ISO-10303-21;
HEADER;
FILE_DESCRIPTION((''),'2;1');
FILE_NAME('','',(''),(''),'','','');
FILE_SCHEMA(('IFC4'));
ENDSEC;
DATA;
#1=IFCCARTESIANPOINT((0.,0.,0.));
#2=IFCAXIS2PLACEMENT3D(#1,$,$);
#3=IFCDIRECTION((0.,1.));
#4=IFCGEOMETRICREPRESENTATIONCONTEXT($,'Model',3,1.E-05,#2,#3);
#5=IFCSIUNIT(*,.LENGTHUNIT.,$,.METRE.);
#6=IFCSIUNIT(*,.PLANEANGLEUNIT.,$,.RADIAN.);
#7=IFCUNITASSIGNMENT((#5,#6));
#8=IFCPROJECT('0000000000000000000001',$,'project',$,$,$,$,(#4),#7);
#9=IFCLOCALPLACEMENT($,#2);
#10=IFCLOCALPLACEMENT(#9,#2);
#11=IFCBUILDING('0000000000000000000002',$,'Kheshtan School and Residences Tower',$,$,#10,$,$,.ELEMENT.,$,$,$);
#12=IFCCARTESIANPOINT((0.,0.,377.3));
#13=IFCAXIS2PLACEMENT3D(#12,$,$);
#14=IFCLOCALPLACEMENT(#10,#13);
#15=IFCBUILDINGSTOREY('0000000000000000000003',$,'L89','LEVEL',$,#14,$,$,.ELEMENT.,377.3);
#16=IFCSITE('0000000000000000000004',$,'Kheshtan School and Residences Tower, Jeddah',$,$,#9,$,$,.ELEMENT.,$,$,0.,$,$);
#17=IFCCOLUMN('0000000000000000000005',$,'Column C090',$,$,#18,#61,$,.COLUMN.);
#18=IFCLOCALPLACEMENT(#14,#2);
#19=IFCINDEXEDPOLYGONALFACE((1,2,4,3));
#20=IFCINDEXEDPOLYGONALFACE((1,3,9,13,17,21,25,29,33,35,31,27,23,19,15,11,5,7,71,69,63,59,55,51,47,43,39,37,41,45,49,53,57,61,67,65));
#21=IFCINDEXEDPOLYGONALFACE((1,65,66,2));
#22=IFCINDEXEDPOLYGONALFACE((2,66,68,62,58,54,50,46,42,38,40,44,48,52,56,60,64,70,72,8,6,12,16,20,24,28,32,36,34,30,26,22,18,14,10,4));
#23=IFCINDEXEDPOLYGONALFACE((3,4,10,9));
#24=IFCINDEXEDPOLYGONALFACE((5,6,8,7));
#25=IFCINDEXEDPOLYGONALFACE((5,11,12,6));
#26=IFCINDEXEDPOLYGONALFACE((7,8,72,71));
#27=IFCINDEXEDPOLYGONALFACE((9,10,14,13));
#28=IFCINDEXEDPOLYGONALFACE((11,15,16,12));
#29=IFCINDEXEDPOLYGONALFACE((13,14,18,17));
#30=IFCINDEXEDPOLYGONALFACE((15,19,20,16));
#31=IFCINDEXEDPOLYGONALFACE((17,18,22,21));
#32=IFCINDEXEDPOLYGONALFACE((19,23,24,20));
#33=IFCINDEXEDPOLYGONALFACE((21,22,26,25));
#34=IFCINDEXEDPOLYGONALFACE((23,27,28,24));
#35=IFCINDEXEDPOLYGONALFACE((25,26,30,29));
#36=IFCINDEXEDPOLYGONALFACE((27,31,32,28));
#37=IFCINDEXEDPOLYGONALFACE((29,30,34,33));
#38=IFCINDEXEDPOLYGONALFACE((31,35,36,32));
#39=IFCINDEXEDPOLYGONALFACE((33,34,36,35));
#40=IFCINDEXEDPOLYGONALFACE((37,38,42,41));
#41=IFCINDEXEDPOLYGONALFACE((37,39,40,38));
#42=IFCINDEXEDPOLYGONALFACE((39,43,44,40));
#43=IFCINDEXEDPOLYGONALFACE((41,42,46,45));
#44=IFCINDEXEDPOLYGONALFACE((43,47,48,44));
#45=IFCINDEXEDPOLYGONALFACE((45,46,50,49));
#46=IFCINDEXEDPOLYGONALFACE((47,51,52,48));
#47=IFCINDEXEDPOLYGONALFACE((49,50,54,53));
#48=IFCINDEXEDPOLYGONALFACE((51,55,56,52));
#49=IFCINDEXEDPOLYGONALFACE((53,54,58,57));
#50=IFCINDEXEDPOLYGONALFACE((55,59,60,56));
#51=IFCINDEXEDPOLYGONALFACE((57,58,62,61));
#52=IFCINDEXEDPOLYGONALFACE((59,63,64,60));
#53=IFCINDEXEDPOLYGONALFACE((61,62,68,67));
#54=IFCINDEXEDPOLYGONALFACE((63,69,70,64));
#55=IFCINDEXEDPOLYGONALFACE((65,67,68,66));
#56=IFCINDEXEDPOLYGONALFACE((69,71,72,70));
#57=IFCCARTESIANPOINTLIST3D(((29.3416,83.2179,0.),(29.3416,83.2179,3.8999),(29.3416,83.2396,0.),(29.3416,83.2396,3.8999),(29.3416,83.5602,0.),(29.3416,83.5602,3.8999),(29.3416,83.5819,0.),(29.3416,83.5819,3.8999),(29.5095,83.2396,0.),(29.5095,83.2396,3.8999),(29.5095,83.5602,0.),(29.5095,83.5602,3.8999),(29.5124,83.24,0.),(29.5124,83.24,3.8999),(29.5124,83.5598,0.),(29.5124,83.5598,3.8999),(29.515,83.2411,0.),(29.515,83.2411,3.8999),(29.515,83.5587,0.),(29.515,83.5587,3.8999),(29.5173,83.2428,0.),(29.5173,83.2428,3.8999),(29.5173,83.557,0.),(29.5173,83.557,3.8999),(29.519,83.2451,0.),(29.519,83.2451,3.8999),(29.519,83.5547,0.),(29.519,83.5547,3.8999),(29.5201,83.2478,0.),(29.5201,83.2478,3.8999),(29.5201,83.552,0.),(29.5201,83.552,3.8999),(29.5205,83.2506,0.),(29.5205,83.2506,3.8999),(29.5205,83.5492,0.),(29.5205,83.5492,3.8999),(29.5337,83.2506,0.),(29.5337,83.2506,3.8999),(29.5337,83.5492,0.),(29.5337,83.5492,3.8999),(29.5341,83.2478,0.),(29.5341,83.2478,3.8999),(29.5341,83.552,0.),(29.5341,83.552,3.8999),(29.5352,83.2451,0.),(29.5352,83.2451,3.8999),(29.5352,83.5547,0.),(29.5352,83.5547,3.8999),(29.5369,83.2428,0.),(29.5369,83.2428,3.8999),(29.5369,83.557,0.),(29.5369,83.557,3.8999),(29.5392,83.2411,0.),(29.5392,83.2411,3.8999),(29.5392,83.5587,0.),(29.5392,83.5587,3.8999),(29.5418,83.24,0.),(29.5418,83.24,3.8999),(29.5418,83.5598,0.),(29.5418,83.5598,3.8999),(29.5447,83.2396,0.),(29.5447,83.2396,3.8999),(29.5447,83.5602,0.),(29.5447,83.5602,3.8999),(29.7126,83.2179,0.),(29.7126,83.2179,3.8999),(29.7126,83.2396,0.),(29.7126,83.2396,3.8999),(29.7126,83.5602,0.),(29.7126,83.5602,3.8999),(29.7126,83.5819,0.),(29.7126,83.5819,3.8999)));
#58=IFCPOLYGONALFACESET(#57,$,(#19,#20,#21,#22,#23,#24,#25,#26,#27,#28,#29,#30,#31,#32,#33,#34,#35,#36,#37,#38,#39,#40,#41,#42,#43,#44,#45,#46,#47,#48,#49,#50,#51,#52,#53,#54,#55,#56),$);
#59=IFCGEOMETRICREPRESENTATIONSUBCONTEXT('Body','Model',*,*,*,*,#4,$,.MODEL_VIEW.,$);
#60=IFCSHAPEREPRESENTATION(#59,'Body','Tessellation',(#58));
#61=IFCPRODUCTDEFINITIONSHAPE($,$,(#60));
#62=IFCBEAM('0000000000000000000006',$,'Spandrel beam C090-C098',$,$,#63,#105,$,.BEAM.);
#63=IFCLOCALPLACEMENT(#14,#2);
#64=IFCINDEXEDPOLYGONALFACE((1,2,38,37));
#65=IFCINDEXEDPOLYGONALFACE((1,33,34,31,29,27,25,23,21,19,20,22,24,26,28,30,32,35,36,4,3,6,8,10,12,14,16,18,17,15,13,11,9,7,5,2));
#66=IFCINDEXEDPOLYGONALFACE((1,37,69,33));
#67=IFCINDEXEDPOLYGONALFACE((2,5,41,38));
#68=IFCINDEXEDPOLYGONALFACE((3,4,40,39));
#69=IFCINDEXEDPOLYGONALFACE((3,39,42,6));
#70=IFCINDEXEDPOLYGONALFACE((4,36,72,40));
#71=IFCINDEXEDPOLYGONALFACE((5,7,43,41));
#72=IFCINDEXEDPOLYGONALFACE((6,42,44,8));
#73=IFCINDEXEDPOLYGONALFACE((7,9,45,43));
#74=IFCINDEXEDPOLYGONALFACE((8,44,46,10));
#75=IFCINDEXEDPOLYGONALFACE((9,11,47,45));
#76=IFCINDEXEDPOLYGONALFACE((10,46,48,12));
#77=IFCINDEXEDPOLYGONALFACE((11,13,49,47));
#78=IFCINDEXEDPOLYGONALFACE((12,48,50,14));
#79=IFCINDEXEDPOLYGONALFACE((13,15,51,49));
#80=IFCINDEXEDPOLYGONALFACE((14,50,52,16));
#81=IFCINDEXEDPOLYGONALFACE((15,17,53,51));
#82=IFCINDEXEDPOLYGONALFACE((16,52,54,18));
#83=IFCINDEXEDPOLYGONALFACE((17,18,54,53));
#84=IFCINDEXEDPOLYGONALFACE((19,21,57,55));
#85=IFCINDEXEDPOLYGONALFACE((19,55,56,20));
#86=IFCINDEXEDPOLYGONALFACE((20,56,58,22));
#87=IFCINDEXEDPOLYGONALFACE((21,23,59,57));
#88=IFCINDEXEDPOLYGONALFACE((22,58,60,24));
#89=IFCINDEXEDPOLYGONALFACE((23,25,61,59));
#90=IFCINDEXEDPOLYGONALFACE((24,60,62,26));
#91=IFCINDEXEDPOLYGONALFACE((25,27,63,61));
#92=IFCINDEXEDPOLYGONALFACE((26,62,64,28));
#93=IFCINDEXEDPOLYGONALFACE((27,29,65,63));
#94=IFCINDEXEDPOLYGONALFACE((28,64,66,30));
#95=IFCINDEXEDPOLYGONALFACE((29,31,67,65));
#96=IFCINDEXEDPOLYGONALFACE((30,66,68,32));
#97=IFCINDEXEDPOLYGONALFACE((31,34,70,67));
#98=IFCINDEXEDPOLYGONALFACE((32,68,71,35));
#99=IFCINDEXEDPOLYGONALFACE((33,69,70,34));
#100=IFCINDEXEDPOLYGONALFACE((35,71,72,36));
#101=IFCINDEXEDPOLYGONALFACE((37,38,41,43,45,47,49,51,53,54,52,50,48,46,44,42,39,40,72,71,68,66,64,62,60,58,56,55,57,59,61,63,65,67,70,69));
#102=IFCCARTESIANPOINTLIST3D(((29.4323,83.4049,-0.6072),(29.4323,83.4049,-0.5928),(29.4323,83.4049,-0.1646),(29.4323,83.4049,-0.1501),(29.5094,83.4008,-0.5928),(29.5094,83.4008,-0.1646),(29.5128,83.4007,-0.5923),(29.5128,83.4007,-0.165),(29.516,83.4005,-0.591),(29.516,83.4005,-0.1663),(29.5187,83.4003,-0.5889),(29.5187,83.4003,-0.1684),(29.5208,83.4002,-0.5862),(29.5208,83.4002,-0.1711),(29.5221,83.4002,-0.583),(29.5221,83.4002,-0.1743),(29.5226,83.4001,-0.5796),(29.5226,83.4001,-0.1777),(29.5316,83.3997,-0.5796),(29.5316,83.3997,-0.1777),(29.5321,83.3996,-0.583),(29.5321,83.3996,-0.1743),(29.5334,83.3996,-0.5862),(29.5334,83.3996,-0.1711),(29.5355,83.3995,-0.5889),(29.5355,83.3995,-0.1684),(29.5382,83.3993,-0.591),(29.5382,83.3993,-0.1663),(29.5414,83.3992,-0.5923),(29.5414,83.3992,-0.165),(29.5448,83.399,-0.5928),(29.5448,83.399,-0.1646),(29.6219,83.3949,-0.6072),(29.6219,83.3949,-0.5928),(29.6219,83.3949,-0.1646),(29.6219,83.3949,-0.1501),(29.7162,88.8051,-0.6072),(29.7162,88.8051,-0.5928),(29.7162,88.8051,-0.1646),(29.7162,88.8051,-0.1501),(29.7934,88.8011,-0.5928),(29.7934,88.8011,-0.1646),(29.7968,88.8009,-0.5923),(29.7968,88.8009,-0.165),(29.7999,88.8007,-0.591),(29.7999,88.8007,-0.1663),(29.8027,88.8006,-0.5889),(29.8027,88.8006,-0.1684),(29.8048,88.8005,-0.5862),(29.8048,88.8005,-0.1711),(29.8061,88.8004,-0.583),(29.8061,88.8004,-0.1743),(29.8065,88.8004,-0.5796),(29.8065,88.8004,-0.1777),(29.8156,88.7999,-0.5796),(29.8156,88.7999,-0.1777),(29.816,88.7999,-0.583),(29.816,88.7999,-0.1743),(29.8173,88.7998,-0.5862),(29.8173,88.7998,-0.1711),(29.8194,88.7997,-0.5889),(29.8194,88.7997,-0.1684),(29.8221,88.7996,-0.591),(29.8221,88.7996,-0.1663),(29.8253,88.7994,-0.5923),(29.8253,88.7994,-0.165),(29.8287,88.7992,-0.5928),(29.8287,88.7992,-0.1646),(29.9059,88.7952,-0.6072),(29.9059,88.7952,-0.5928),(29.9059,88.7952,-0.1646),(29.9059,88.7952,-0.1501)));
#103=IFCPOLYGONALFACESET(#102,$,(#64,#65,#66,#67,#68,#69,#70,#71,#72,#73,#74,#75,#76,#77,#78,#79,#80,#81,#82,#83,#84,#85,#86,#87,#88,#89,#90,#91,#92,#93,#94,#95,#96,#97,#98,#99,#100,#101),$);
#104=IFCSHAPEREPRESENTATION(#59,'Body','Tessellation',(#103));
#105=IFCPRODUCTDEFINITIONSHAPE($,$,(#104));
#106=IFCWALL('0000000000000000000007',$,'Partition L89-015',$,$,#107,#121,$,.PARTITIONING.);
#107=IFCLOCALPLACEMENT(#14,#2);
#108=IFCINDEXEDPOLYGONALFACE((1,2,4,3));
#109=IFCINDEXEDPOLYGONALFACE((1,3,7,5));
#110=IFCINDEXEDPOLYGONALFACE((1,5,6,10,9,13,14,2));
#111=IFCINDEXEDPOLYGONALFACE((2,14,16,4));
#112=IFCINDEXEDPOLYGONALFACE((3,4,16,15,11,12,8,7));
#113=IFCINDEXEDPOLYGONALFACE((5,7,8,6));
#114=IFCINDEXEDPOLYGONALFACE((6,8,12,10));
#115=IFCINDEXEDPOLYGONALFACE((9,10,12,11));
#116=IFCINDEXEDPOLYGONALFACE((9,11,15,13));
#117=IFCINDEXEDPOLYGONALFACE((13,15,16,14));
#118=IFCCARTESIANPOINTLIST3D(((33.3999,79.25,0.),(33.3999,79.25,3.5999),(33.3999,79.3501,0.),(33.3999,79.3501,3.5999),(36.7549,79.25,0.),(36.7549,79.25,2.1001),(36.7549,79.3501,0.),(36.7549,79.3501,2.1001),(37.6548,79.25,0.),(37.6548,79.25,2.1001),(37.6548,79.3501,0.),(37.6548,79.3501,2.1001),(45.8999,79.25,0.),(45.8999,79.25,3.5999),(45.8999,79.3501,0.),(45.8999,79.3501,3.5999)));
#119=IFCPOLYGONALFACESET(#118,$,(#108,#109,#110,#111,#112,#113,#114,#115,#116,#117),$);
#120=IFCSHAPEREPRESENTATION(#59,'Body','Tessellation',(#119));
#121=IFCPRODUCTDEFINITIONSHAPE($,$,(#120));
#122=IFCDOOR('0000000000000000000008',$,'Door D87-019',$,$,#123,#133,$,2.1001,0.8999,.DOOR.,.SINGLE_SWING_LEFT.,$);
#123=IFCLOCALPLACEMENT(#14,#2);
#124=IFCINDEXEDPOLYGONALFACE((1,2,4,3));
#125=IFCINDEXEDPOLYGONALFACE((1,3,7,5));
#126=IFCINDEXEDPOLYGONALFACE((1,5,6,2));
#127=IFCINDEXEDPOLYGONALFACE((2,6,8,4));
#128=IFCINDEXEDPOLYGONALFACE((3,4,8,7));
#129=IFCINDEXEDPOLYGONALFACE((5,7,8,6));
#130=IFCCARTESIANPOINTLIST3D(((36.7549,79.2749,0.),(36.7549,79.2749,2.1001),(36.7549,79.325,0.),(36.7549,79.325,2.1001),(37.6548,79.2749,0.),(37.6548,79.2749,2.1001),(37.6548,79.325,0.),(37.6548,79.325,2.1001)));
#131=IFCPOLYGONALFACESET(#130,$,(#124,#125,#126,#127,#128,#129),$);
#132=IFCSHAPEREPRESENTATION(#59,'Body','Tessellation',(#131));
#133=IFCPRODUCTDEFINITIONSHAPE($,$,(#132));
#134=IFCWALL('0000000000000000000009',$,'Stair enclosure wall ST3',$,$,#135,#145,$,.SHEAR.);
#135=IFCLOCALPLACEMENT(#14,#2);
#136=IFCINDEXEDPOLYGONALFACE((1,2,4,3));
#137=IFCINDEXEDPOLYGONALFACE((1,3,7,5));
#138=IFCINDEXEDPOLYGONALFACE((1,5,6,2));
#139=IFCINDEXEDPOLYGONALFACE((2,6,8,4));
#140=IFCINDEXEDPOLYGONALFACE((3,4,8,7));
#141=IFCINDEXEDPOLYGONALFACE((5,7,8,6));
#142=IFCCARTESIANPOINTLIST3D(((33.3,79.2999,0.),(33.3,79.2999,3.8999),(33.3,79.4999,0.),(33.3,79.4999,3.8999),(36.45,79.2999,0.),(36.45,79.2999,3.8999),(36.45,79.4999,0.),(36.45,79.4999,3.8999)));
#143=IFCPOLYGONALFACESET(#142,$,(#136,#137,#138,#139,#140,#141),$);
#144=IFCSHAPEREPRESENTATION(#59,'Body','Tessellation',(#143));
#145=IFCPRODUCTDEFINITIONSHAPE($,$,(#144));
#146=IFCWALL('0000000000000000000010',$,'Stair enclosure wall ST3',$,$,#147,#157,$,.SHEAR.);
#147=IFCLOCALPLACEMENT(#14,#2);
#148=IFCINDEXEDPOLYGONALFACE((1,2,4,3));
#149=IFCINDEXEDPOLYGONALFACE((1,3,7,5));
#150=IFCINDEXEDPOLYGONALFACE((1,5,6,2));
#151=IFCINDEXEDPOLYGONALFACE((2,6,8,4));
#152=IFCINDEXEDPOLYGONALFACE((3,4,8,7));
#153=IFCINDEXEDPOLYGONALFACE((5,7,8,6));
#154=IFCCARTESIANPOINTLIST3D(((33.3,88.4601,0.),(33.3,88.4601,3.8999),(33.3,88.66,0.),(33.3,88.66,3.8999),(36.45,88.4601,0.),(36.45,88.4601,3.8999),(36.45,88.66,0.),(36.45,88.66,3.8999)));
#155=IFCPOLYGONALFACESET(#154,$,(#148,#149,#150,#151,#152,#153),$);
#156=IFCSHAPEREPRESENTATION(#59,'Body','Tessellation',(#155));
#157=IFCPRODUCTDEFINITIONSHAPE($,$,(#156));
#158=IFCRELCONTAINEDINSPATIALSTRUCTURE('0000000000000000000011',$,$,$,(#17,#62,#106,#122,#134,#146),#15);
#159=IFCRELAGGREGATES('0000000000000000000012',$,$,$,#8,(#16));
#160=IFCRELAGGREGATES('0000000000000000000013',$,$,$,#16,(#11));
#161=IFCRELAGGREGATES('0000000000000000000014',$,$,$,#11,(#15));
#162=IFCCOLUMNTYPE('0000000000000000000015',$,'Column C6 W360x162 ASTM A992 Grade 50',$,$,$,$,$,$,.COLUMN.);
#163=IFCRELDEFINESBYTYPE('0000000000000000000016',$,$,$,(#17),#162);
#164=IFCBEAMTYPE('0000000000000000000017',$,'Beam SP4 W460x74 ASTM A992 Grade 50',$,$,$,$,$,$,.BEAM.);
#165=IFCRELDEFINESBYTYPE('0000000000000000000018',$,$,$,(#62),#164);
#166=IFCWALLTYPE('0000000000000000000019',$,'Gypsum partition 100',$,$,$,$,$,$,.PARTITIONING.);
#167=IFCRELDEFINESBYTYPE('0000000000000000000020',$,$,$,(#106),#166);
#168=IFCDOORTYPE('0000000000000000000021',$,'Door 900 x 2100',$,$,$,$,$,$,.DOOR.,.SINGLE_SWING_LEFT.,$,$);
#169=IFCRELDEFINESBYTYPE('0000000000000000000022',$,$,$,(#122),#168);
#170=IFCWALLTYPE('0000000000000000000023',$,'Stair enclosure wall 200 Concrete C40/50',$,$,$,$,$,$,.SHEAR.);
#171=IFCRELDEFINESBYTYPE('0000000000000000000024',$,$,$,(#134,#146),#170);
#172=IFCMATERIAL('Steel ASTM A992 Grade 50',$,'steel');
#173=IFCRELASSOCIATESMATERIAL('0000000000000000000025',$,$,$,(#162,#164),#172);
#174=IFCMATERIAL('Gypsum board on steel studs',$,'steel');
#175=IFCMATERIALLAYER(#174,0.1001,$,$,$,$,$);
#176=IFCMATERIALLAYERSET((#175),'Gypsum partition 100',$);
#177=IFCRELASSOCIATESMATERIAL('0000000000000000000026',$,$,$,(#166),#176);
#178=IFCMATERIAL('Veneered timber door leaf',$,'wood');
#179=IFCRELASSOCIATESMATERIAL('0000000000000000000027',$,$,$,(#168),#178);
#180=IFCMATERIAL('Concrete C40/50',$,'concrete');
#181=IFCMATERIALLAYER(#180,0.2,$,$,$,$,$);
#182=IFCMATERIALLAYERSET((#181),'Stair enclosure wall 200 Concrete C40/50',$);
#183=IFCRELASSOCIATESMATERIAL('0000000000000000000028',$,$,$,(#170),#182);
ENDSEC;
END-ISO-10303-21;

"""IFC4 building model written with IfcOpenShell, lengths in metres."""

from ifc_helpers import new_model, si_unit, direction, frame, frame_2d, origin, origin_2d, place, context, subcontext, project, spatial, rectangle, i_section, extrude, source, transform, mapped, material, layer, layer_set, material_profile, profile_set, type_object, element, fill, save


model = new_model("IFC4")

# Units and contexts
model_context = context("Model", 3, precision=1e-05, world=origin(), true_north=direction((0.0, 1.0)))
body_context = subcontext(model_context, "Body", "Model", "MODEL_VIEW")
ifc_project = project(units=[si_unit("LENGTHUNIT", "METRE"), si_unit("PLANEANGLEUNIT", "RADIAN")], contexts=[model_context])

# Site, building, storey
site_placement = place(None, origin())
site = spatial("IfcSite", under=ifc_project, at=site_placement, Name="Kheshtan School and Residences Tower, Jeddah", CompositionType="ELEMENT", RefElevation=0.0)
building_placement = place(site_placement, origin())
building = spatial("IfcBuilding", under=site, at=building_placement, Name="Kheshtan School and Residences Tower", CompositionType="ELEMENT")
storey_placement = place(building_placement, frame((0.0, 0.0, 377.3)))
storey = spatial("IfcBuildingStorey", under=building, at=storey_placement, Name="L89", Description="LEVEL", CompositionType="ELEMENT", Elevation=377.3)

# Column
ifc_material_1 = material(Name="Steel ASTM A992 Grade 50", Category="steel")
ifc_material_profile_1 = material_profile(ifc_material_1, i_section(OverallWidth=0.3711, OverallDepth=0.364, WebThickness=0.0132, FlangeThickness=0.0217, FilletRadius=0.011, at=origin_2d()), Name="W360x162")
ifc_profile_set_1 = profile_set([ifc_material_profile_1], Name="Steel ASTM A992 Grade 50")
column_type = type_object("IfcColumnType", Name="Column C6 W360x162 ASTM A992 Grade 50", PredefinedType="COLUMN", material=ifc_profile_set_1)
column_placement = place(storey_placement, frame((29.5271, 83.3999, 0.0), z_axis=(0.0, 0.0, 1.0), x_axis=(1.0, 0.0, 0.0)))
element("IfcColumn", 1, at=column_placement, inside=storey, type_object=column_type, Name="Column C090", PredefinedType="COLUMN", context=body_context, shape_type="SweptSolid", body=[
    extrude(i_section(OverallWidth=0.3711, OverallDepth=0.364, WebThickness=0.0132, FlangeThickness=0.0217, FilletRadius=0.011, at=origin_2d()), origin(), (0.0, 0.0, 1.0), 3.8999),
])

# Beam
ifc_material_profile_2 = material_profile(ifc_material_1, i_section(OverallWidth=0.1899, OverallDepth=0.457, WebThickness=0.009, FlangeThickness=0.0144, FilletRadius=0.0132, at=origin_2d()), Name="W460x74")
ifc_profile_set_2 = profile_set([ifc_material_profile_2], Name="Steel ASTM A992 Grade 50")
beam_type = type_object("IfcBeamType", Name="Beam SP4 W460x74 ASTM A992 Grade 50", PredefinedType="BEAM", material=ifc_profile_set_2)
beam_placement = place(storey_placement, frame((29.5271, 83.3999, -0.3787), z_axis=(0.052507, 0.998621, 0.0), x_axis=(-0.998621, 0.052507, 0.0)))
element("IfcBeam", 2, at=beam_placement, inside=storey, type_object=beam_type, Name="Spandrel beam C090-C098", PredefinedType="BEAM", context=body_context, shape_type="SweptSolid", body=[
    extrude(i_section(OverallWidth=0.1899, OverallDepth=0.457, WebThickness=0.009, FlangeThickness=0.0144, FilletRadius=0.0132, at=origin_2d()), origin(), (0.0, 0.0, 1.0), 5.4077),
])

# Wall, opening, door
ifc_material_2 = material(Name="Gypsum board on steel studs", Category="steel")
ifc_layer_1 = layer(ifc_material_2, 0.1001)
ifc_layer_set_1 = layer_set([ifc_layer_1], Name="Gypsum partition 100")
wall_type_1 = type_object("IfcWallType", Name="Gypsum partition 100", PredefinedType="PARTITIONING", material=ifc_layer_set_1)
wall_1_placement = place(storey_placement, frame((33.3999, 79.3, 0.0), z_axis=(0.0, 0.0, 1.0), x_axis=(1.0, 0.0, 0.0)))
wall_1 = element("IfcWall", 3, at=wall_1_placement, inside=storey, type_object=wall_type_1, Name="Partition L89-015", PredefinedType="PARTITIONING", context=body_context, shape_type="SweptSolid", body=[
    extrude(rectangle(XDim=12.5, YDim=0.1001, at=frame_2d((6.25, 0.0))), origin(), (0.0, 0.0, 1.0), 3.5999),
])
opening_1_placement = place(wall_1_placement, frame((3.355, 0.0, 0.0)))
opening_1 = element("IfcOpeningElement", 4, at=opening_1_placement, cuts=wall_1, PredefinedType="OPENING", context=body_context, shape_type="SweptSolid", body=[
    extrude(rectangle(XDim=0.8999, YDim=2.1001, at=frame_2d((0.45, 1.05))), frame((0.0, 0.0601, 0.0), z_axis=(0.0, -1.0, 0.0), x_axis=(1.0, 0.0, 0.0)), (0.0, 0.0, 1.0), 0.1201),
])
ifc_material_3 = material(Name="Veneered timber door leaf", Category="wood")
door_type_1 = type_object("IfcDoorType", Name="Door 900 x 2100", OperationType="SINGLE_SWING_LEFT", PredefinedType="DOOR", material=ifc_material_3)
shared_shape_1 = source(origin(), body_context, "Body", "SweptSolid", [
    extrude(rectangle(XDim=0.8999, YDim=2.1001, at=frame_2d((0.45, 1.05))), frame((0.0, 0.0249, 0.0), z_axis=(0.0, -1.0, 0.0), x_axis=(1.0, 0.0, 0.0)), (0.0, 0.0, 1.0), 0.05),
])
door_1_placement = place(opening_1_placement, origin())
door_1 = element("IfcDoor", 5, at=door_1_placement, inside=storey, type_object=door_type_1, Name="Door D87-019", OperationType="SINGLE_SWING_LEFT", OverallHeight=2.1001, OverallWidth=0.8999, PredefinedType="DOOR", context=body_context, shape_type="MappedRepresentation", body=[
    mapped(shared_shape_1, transform((0.0, 0.0, 0.0), x_axis=(1.0, 0.0, 0.0), y_axis=(0.0, 1.0, 0.0), z_axis=(0.0, 0.0, 1.0), scale=1.0)),
])
fill(opening_1, door_1)

# Walls
ifc_material_4 = material(Name="Concrete C40/50", Category="concrete")
ifc_layer_2 = layer(ifc_material_4, 0.2)
ifc_layer_set_2 = layer_set([ifc_layer_2], Name="Stair enclosure wall 200 Concrete C40/50")
wall_type_2 = type_object("IfcWallType", Name="Stair enclosure wall 200 Concrete C40/50", PredefinedType="SHEAR", material=ifc_layer_set_2)
for number, where, z_axis, x_axis, name in (
    (6, (33.3, 79.3999, 0.0), (0.0, 0.0, 1.0), (1.0, 0.0, 0.0), "Stair enclosure wall ST3"),
    (7, (33.3, 88.5601, 0.0), (0.0, 0.0, 1.0), (1.0, 0.0, 0.0), "Stair enclosure wall ST3"),
):
    element("IfcWall", number, at=place(storey_placement, frame(where, z_axis=z_axis, x_axis=x_axis)), inside=storey, type_object=wall_type_2, Name=name, PredefinedType="SHEAR", context=body_context, shape_type="SweptSolid", body=[
        extrude(rectangle(XDim=3.1499, YDim=0.2, at=frame_2d((1.575, 0.0))), origin(), (0.0, 0.0, 1.0), 3.8999),
    ])

save(model, "model.ifc")
